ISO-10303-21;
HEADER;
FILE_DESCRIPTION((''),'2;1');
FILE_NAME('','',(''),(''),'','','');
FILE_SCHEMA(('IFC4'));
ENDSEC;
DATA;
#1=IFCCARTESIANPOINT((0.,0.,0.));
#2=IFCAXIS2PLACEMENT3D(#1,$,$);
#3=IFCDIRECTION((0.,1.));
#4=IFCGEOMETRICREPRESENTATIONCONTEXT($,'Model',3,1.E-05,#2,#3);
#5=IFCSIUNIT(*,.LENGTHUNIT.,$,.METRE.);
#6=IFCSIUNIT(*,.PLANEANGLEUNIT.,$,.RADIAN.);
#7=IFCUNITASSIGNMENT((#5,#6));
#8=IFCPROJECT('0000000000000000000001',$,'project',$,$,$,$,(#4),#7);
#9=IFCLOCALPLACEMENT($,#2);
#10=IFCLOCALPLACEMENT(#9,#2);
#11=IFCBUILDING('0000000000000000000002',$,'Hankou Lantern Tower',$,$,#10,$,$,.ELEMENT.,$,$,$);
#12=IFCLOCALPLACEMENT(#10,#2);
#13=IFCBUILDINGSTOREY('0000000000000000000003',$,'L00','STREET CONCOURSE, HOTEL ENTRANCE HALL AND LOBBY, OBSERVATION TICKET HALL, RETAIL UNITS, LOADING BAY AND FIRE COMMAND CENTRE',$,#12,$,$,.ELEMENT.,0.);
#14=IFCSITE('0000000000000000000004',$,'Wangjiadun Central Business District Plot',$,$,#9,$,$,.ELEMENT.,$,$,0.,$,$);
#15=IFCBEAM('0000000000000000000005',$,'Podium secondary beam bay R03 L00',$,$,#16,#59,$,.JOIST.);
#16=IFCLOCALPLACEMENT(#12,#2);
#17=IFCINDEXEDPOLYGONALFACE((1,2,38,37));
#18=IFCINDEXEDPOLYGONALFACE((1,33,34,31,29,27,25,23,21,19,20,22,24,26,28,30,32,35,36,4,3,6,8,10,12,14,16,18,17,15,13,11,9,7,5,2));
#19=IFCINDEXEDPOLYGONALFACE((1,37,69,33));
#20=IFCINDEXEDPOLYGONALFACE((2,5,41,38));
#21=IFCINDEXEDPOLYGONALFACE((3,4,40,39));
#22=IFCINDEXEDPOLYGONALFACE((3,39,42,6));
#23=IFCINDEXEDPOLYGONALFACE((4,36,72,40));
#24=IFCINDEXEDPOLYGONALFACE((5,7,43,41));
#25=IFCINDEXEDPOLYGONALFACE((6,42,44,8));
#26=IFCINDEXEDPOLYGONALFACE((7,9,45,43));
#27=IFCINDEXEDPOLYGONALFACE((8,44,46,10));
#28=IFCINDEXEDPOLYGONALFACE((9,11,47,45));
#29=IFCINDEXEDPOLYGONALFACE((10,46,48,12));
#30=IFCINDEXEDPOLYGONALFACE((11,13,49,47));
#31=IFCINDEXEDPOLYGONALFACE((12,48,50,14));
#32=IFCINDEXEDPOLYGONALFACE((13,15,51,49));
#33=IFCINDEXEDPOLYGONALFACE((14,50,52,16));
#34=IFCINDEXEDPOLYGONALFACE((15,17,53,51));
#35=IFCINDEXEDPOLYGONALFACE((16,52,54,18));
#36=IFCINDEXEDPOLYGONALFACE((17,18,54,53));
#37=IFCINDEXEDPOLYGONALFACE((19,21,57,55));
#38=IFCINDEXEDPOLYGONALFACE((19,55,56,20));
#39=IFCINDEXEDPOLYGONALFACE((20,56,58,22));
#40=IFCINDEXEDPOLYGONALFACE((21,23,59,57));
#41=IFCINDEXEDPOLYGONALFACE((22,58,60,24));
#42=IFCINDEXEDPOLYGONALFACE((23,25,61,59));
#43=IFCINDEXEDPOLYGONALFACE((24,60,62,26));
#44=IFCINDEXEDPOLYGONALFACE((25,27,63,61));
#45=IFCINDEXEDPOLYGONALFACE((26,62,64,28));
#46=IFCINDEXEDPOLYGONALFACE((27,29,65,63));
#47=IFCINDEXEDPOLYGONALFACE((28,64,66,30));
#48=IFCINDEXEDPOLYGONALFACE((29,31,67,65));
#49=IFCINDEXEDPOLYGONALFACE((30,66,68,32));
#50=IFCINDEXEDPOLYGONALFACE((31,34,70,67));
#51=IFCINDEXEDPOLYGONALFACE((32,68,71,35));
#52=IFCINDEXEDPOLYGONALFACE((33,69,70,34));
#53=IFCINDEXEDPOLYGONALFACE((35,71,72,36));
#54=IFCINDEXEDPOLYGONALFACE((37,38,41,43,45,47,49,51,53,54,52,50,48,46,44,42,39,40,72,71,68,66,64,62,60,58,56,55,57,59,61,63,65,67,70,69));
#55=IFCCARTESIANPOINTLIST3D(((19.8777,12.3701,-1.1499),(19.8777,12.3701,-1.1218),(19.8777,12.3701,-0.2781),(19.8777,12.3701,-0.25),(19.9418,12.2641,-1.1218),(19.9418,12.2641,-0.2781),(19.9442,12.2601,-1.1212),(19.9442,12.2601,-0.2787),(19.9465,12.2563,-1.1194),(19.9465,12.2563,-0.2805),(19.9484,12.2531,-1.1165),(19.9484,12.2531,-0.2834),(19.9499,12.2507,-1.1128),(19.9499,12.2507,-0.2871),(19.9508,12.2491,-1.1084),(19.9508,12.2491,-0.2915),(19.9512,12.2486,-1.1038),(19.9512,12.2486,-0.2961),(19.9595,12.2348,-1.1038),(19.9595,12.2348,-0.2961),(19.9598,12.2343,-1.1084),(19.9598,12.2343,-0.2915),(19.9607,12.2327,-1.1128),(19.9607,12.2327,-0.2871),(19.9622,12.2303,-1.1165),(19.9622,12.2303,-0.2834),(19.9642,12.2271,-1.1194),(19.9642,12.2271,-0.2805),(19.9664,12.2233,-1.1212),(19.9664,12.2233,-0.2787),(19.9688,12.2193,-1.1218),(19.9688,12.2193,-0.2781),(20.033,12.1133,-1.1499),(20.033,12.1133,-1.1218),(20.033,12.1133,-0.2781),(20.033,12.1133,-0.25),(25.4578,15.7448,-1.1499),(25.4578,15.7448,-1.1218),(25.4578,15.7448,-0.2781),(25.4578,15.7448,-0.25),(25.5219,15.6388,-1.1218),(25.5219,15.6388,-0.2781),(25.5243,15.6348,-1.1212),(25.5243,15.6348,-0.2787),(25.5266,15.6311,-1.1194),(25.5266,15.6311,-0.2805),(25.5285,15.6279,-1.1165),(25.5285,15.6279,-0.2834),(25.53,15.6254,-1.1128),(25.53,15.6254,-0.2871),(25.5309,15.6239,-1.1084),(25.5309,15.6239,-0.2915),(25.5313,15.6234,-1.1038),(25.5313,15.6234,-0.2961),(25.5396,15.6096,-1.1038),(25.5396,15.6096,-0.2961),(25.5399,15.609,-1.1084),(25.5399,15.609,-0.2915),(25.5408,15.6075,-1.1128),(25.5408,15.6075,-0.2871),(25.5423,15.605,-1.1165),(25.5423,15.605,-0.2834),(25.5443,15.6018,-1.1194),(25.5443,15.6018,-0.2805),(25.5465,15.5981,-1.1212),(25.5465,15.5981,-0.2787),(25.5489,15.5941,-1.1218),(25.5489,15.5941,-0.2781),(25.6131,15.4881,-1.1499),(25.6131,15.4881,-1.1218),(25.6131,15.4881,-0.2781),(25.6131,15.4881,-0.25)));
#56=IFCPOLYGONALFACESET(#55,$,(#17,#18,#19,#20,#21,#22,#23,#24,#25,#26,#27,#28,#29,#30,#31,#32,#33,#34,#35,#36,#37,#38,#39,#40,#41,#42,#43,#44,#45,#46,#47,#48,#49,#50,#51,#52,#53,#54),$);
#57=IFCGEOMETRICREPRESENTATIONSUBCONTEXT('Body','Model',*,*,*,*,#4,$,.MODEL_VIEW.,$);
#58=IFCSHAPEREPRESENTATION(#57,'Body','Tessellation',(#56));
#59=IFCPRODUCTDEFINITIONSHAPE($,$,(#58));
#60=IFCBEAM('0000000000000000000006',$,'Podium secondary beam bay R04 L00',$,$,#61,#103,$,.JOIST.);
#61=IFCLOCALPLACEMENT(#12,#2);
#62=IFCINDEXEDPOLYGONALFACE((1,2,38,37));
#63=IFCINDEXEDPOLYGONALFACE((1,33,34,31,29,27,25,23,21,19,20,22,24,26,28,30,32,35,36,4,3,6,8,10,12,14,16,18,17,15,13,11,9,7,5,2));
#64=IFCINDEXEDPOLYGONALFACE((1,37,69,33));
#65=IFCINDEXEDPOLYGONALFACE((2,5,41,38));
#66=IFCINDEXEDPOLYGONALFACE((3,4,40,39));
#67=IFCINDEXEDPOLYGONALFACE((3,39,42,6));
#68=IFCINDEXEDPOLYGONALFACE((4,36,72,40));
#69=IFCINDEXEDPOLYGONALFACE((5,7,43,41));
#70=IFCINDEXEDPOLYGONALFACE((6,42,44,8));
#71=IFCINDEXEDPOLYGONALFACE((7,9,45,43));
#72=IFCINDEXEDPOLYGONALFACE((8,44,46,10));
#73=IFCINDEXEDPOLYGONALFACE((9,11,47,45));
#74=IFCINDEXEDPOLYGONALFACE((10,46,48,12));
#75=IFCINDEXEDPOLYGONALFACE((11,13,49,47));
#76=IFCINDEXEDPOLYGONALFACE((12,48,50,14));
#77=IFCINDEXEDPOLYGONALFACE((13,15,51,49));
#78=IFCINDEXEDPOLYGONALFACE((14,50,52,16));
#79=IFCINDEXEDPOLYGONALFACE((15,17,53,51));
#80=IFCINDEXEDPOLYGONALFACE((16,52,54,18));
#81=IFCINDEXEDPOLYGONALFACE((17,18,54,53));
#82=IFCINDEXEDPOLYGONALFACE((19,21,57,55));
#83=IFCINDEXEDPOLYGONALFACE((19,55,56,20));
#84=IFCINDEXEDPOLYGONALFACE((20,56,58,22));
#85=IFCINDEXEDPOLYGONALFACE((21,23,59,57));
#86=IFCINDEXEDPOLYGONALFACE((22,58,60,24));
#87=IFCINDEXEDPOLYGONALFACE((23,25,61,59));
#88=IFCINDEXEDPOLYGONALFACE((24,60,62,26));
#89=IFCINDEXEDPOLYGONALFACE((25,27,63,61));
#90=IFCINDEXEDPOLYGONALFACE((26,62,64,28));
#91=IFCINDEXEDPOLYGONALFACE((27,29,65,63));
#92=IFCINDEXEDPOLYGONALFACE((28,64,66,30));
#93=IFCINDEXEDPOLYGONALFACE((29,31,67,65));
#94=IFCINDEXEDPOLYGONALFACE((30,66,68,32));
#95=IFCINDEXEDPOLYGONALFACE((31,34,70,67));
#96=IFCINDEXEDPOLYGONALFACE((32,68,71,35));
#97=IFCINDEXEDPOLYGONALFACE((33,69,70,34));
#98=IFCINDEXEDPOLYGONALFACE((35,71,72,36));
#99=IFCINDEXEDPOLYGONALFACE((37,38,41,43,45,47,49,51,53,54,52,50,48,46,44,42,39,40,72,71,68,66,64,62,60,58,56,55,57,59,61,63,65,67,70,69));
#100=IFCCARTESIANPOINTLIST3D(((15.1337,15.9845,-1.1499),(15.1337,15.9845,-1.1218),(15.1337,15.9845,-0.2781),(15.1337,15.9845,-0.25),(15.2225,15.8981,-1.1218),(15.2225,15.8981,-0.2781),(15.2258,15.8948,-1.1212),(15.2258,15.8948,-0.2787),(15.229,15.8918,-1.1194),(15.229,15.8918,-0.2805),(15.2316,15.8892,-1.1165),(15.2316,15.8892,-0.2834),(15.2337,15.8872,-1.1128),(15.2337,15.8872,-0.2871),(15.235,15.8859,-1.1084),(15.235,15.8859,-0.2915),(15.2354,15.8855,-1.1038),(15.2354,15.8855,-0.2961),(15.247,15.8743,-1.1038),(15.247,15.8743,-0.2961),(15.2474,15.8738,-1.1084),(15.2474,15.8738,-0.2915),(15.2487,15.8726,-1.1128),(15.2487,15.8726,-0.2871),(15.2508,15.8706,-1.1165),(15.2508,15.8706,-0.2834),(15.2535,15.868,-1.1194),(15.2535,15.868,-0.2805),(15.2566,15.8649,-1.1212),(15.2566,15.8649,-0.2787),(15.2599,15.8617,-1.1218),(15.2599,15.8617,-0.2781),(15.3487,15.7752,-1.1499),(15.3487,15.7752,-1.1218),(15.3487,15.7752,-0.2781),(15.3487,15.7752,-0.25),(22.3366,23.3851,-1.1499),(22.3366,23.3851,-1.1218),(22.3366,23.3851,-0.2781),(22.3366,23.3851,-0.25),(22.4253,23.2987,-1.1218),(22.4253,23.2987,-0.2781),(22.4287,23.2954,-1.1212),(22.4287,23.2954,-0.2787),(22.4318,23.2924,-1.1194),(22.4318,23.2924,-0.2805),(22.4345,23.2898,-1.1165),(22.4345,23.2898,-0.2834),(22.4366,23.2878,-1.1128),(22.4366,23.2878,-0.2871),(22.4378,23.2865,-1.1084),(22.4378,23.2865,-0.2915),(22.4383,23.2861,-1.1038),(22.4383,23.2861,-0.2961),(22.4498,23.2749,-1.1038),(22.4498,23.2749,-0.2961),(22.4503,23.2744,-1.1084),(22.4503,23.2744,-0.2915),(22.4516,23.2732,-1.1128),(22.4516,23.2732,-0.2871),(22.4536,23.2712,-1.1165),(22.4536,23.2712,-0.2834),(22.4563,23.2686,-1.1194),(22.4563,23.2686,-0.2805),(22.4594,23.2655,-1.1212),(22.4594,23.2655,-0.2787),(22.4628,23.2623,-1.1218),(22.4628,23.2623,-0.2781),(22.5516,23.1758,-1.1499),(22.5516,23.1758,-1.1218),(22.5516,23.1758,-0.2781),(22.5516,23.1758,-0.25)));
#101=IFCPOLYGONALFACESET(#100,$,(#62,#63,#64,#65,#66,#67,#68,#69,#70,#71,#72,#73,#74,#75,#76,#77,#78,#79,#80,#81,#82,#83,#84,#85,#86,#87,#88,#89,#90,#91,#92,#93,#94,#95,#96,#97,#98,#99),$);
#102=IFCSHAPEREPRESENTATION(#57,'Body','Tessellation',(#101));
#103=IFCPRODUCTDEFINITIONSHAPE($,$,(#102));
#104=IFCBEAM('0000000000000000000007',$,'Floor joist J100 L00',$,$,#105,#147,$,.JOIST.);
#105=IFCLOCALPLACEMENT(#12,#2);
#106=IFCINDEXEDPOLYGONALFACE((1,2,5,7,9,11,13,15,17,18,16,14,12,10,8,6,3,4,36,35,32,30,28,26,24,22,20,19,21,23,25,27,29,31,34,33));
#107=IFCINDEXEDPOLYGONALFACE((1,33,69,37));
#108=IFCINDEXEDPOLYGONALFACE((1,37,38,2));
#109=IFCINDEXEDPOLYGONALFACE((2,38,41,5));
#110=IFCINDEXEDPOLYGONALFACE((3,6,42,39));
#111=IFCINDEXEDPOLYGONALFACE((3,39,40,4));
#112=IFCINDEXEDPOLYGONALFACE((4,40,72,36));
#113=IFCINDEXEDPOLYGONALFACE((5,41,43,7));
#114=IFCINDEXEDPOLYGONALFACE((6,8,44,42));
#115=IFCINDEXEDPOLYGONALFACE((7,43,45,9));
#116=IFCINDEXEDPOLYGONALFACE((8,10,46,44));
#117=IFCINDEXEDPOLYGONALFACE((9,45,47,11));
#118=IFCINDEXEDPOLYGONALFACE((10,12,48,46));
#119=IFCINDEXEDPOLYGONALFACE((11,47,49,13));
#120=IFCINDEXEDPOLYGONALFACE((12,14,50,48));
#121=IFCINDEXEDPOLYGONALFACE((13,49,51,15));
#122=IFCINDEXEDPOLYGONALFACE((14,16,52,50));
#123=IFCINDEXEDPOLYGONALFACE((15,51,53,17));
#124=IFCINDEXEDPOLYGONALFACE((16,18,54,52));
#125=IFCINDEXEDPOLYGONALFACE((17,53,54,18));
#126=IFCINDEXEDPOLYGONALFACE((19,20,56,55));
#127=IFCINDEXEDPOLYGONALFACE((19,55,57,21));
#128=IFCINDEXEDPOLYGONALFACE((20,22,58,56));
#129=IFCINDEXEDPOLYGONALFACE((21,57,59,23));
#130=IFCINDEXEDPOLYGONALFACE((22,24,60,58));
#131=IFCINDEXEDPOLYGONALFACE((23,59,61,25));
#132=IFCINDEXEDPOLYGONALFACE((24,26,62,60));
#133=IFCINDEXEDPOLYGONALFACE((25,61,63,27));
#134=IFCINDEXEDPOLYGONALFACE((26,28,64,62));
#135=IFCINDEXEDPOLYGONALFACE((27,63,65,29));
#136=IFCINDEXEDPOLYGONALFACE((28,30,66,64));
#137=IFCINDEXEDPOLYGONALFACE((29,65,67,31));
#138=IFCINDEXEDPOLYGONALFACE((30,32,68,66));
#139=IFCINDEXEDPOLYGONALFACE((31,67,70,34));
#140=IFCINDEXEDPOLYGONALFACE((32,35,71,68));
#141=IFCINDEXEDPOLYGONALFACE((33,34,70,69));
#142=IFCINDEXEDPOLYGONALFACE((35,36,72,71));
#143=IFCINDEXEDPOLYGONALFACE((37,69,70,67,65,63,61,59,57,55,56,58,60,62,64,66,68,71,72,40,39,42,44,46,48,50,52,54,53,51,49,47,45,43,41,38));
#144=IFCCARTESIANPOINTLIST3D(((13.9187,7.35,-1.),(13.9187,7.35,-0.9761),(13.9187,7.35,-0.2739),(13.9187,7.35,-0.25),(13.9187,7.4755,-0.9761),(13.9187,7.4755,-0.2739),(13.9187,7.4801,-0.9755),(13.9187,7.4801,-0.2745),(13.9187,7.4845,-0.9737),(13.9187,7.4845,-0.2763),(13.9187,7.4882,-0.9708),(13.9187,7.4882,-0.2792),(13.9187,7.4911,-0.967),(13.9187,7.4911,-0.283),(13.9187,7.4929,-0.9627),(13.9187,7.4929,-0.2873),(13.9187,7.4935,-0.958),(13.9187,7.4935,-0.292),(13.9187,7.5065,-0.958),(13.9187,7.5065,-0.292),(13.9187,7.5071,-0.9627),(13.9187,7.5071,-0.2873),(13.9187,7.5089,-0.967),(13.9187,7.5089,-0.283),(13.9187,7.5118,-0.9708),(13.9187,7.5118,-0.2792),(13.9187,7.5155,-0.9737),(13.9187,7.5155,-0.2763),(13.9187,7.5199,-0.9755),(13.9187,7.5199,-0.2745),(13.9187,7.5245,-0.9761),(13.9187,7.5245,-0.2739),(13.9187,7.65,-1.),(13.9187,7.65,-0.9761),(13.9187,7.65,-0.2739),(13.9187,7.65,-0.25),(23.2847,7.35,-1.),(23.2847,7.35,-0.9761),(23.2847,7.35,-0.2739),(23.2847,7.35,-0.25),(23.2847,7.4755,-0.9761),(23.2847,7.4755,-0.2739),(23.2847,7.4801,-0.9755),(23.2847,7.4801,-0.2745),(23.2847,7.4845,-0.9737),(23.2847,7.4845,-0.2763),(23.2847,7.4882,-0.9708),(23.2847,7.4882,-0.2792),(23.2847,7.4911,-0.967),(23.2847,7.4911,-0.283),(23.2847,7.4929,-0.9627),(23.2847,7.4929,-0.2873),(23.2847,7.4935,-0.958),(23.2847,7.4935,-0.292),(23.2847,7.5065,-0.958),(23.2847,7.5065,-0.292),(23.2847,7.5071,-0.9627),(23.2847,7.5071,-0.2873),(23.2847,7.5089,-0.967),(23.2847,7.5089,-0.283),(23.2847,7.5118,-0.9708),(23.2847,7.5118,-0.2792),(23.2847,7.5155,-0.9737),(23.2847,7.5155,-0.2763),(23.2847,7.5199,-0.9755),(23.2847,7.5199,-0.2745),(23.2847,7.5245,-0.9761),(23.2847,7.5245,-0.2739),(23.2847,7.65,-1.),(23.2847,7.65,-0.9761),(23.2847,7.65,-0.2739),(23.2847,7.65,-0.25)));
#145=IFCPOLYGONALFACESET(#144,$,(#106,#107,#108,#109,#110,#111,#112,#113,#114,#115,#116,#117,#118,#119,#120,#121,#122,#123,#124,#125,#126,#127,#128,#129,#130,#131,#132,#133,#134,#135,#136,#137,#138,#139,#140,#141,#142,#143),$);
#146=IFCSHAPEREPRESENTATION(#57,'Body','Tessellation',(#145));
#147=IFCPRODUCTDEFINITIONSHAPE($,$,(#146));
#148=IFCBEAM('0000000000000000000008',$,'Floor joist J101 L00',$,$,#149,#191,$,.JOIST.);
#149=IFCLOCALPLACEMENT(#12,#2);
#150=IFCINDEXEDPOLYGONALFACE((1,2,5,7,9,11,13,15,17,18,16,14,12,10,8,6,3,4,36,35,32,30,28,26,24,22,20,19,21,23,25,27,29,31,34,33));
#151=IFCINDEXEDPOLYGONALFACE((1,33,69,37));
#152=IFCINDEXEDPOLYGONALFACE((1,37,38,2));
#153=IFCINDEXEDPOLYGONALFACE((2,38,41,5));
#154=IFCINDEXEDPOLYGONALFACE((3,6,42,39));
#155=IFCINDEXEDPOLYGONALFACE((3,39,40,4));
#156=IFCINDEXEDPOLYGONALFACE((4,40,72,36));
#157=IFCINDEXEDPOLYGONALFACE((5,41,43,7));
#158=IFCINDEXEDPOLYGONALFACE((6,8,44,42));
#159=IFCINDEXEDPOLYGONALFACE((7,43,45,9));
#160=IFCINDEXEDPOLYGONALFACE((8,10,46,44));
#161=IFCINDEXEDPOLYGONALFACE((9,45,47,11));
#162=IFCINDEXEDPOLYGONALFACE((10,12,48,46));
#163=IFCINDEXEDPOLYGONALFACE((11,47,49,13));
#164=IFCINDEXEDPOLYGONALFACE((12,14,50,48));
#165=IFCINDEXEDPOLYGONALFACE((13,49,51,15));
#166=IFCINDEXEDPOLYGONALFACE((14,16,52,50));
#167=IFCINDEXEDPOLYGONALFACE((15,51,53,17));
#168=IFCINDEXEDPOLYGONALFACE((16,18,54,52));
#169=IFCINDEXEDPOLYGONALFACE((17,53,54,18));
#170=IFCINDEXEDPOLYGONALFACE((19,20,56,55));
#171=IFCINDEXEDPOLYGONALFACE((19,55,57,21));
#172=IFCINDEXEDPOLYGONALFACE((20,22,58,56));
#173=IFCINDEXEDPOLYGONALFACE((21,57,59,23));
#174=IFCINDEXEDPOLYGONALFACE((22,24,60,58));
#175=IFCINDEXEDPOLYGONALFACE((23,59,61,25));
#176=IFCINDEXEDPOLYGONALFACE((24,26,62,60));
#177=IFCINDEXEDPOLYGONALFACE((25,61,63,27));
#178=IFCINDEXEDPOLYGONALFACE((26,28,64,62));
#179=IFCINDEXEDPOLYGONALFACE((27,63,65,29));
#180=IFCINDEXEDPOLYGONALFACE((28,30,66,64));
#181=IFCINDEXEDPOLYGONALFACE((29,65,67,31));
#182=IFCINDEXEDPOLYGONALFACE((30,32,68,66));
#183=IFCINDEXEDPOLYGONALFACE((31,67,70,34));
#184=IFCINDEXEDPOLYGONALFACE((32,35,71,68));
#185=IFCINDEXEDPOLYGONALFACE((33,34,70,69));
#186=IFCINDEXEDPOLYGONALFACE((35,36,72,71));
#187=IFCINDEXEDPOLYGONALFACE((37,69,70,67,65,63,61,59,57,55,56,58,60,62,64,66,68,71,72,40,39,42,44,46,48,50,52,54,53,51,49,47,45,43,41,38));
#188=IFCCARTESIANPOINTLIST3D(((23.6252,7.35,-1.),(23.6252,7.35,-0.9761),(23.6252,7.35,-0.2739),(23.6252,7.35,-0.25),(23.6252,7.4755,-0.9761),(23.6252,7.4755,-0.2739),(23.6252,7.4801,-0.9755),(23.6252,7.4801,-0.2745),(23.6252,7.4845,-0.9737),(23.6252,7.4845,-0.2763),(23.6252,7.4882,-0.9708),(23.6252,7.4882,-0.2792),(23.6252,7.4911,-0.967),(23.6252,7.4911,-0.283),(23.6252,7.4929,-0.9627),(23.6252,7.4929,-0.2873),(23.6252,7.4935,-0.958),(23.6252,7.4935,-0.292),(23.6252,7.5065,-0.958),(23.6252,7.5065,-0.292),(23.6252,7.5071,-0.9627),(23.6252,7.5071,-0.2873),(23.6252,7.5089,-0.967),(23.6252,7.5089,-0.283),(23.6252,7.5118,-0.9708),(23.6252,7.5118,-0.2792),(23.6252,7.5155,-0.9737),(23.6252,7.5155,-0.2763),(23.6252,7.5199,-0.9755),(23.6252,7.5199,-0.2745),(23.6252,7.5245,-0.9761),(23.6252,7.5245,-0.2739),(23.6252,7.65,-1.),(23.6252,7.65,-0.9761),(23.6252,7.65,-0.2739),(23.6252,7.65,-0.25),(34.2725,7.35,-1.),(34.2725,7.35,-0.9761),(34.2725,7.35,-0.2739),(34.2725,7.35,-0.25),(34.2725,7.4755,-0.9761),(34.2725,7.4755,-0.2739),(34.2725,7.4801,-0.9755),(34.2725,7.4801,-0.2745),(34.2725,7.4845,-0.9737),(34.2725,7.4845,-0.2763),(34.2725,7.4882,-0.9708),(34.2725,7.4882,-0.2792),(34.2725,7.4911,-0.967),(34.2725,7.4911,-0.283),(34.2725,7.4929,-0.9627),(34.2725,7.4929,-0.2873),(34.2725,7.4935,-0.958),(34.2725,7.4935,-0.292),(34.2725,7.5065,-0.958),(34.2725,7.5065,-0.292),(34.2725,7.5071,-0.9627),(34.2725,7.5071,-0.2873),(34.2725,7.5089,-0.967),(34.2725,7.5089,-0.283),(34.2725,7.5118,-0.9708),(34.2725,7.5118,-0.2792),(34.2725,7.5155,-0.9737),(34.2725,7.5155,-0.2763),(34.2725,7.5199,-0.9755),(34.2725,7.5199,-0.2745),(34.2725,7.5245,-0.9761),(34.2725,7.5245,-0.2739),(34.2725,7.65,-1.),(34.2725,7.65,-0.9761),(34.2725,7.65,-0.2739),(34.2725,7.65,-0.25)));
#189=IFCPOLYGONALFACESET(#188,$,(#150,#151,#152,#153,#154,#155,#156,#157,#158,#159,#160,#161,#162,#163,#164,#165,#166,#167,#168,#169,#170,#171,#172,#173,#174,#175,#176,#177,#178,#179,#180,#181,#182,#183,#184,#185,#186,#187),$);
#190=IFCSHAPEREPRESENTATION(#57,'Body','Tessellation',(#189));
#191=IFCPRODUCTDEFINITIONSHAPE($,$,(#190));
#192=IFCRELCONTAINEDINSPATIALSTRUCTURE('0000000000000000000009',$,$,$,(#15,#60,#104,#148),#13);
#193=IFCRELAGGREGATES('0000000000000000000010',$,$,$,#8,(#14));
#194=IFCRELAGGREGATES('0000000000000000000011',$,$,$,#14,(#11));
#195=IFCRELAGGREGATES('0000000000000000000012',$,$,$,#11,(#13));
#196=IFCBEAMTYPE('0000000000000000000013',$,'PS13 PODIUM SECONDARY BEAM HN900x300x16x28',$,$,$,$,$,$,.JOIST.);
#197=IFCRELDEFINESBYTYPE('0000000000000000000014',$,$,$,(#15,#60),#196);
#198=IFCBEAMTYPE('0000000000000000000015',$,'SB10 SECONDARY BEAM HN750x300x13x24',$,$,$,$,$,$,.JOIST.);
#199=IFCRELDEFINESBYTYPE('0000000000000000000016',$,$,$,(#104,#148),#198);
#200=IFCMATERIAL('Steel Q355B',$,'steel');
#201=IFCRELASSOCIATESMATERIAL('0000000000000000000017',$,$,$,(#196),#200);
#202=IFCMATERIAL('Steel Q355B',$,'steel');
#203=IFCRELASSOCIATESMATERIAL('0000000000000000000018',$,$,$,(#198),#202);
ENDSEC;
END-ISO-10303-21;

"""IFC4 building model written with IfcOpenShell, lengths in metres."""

from ifc_helpers import new_model, si_unit, direction, frame, origin, origin_2d, place, context, subcontext, project, spatial, i_section, extrude, material, material_profile, profile_set, type_object, element, save


model = new_model("IFC4")

# Units and contexts
model_context = context("Model", 3, precision=1e-05, world=origin(), true_north=direction((0.0, 1.0)))
body_context = subcontext(model_context, "Body", "Model", "MODEL_VIEW")
ifc_project = project(units=[si_unit("LENGTHUNIT", "METRE"), si_unit("PLANEANGLEUNIT", "RADIAN")], contexts=[model_context])

# Site, building, storey
site_placement = place(None, origin())
site = spatial("IfcSite", under=ifc_project, at=site_placement, Name="Wangjiadun Central Business District Plot", CompositionType="ELEMENT", RefElevation=0.0)
building_placement = place(site_placement, origin())
building = spatial("IfcBuilding", under=site, at=building_placement, Name="Hankou Lantern Tower", CompositionType="ELEMENT")
storey_placement = place(building_placement, origin())
storey = spatial("IfcBuildingStorey", under=building, at=storey_placement, Name="L00", Description="STREET CONCOURSE, HOTEL ENTRANCE HALL AND LOBBY, OBSERVATION TICKET HALL, RETAIL UNITS, LOADING BAY AND FIRE COMMAND CENTRE", CompositionType="ELEMENT", Elevation=0.0)

# Beams
ifc_material_1 = material(Name="Steel Q355B", Category="steel")
ifc_material_profile_1 = material_profile(ifc_material_1, i_section(OverallWidth=0.3, OverallDepth=0.8999, WebThickness=0.0161, FlangeThickness=0.0281, FilletRadius=0.0181, at=origin_2d()), Name="HN900x300x16x28")
ifc_profile_set_1 = profile_set([ifc_material_profile_1], Name="Steel Q355B")
beam_type_1 = type_object("IfcBeamType", Name="PS13 PODIUM SECONDARY BEAM HN900x300x16x28", PredefinedType="JOIST", material=ifc_profile_set_1)
beam_1_placement = place(storey_placement, frame((19.9553, 12.2417, -0.7), z_axis=(0.855681, 0.517504, 0.0), x_axis=(-0.517504, 0.855681, 0.0)))
element("IfcBeam", 1, at=beam_1_placement, inside=storey, type_object=beam_type_1, Name="Podium secondary beam bay R03 L00", PredefinedType="JOIST", context=body_context, shape_type="SweptSolid", body=[
    extrude(i_section(OverallWidth=0.3, OverallDepth=0.8999, WebThickness=0.0161, FlangeThickness=0.0281, FilletRadius=0.0181, at=origin_2d()), origin(), (0.0, 0.0, 1.0), 6.5212),
])
beam_2_placement = place(storey_placement, frame((15.2412, 15.8799, -0.7), z_axis=(0.697468, 0.716616, 0.0), x_axis=(-0.716616, 0.697468, 0.0)))
element("IfcBeam", 2, at=beam_2_placement, inside=storey, type_object=beam_type_1, Name="Podium secondary beam bay R04 L00", PredefinedType="JOIST", context=body_context, shape_type="SweptSolid", body=[
    extrude(i_section(OverallWidth=0.3, OverallDepth=0.8999, WebThickness=0.0161, FlangeThickness=0.0281, FilletRadius=0.0181, at=origin_2d()), origin(), (0.0, 0.0, 1.0), 10.3271),
])
ifc_material_2 = material(Name="Steel Q355B", Category="steel")
ifc_material_profile_2 = material_profile(ifc_material_2, i_section(OverallWidth=0.3, OverallDepth=0.75, WebThickness=0.0129, FlangeThickness=0.0239, FilletRadius=0.0181, at=origin_2d()), Name="HN750x300x13x24")
ifc_profile_set_2 = profile_set([ifc_material_profile_2], Name="Steel Q355B")
beam_type_2 = type_object("IfcBeamType", Name="SB10 SECONDARY BEAM HN750x300x13x24", PredefinedType="JOIST", material=ifc_profile_set_2)
beam_3_placement = place(storey_placement, frame((13.9187, 7.5, -0.625), z_axis=(1.0, 0.0, 0.0), x_axis=(0.0, 1.0, 0.0)))
element("IfcBeam", 3, at=beam_3_placement, inside=storey, type_object=beam_type_2, Name="Floor joist J100 L00", PredefinedType="JOIST", context=body_context, shape_type="SweptSolid", body=[
    extrude(i_section(OverallWidth=0.3, OverallDepth=0.75, WebThickness=0.0129, FlangeThickness=0.0239, FilletRadius=0.0181, at=origin_2d()), origin(), (0.0, 0.0, 1.0), 9.366),
])
beam_4_placement = place(storey_placement, frame((23.6252, 7.5, -0.625), z_axis=(1.0, 0.0, 0.0), x_axis=(0.0, 1.0, 0.0)))
element("IfcBeam", 4, at=beam_4_placement, inside=storey, type_object=beam_type_2, Name="Floor joist J101 L00", PredefinedType="JOIST", context=body_context, shape_type="SweptSolid", body=[
    extrude(i_section(OverallWidth=0.3, OverallDepth=0.75, WebThickness=0.0129, FlangeThickness=0.0239, FilletRadius=0.0181, at=origin_2d()), origin(), (0.0, 0.0, 1.0), 10.6472),
])

save(model, "model.ifc")
